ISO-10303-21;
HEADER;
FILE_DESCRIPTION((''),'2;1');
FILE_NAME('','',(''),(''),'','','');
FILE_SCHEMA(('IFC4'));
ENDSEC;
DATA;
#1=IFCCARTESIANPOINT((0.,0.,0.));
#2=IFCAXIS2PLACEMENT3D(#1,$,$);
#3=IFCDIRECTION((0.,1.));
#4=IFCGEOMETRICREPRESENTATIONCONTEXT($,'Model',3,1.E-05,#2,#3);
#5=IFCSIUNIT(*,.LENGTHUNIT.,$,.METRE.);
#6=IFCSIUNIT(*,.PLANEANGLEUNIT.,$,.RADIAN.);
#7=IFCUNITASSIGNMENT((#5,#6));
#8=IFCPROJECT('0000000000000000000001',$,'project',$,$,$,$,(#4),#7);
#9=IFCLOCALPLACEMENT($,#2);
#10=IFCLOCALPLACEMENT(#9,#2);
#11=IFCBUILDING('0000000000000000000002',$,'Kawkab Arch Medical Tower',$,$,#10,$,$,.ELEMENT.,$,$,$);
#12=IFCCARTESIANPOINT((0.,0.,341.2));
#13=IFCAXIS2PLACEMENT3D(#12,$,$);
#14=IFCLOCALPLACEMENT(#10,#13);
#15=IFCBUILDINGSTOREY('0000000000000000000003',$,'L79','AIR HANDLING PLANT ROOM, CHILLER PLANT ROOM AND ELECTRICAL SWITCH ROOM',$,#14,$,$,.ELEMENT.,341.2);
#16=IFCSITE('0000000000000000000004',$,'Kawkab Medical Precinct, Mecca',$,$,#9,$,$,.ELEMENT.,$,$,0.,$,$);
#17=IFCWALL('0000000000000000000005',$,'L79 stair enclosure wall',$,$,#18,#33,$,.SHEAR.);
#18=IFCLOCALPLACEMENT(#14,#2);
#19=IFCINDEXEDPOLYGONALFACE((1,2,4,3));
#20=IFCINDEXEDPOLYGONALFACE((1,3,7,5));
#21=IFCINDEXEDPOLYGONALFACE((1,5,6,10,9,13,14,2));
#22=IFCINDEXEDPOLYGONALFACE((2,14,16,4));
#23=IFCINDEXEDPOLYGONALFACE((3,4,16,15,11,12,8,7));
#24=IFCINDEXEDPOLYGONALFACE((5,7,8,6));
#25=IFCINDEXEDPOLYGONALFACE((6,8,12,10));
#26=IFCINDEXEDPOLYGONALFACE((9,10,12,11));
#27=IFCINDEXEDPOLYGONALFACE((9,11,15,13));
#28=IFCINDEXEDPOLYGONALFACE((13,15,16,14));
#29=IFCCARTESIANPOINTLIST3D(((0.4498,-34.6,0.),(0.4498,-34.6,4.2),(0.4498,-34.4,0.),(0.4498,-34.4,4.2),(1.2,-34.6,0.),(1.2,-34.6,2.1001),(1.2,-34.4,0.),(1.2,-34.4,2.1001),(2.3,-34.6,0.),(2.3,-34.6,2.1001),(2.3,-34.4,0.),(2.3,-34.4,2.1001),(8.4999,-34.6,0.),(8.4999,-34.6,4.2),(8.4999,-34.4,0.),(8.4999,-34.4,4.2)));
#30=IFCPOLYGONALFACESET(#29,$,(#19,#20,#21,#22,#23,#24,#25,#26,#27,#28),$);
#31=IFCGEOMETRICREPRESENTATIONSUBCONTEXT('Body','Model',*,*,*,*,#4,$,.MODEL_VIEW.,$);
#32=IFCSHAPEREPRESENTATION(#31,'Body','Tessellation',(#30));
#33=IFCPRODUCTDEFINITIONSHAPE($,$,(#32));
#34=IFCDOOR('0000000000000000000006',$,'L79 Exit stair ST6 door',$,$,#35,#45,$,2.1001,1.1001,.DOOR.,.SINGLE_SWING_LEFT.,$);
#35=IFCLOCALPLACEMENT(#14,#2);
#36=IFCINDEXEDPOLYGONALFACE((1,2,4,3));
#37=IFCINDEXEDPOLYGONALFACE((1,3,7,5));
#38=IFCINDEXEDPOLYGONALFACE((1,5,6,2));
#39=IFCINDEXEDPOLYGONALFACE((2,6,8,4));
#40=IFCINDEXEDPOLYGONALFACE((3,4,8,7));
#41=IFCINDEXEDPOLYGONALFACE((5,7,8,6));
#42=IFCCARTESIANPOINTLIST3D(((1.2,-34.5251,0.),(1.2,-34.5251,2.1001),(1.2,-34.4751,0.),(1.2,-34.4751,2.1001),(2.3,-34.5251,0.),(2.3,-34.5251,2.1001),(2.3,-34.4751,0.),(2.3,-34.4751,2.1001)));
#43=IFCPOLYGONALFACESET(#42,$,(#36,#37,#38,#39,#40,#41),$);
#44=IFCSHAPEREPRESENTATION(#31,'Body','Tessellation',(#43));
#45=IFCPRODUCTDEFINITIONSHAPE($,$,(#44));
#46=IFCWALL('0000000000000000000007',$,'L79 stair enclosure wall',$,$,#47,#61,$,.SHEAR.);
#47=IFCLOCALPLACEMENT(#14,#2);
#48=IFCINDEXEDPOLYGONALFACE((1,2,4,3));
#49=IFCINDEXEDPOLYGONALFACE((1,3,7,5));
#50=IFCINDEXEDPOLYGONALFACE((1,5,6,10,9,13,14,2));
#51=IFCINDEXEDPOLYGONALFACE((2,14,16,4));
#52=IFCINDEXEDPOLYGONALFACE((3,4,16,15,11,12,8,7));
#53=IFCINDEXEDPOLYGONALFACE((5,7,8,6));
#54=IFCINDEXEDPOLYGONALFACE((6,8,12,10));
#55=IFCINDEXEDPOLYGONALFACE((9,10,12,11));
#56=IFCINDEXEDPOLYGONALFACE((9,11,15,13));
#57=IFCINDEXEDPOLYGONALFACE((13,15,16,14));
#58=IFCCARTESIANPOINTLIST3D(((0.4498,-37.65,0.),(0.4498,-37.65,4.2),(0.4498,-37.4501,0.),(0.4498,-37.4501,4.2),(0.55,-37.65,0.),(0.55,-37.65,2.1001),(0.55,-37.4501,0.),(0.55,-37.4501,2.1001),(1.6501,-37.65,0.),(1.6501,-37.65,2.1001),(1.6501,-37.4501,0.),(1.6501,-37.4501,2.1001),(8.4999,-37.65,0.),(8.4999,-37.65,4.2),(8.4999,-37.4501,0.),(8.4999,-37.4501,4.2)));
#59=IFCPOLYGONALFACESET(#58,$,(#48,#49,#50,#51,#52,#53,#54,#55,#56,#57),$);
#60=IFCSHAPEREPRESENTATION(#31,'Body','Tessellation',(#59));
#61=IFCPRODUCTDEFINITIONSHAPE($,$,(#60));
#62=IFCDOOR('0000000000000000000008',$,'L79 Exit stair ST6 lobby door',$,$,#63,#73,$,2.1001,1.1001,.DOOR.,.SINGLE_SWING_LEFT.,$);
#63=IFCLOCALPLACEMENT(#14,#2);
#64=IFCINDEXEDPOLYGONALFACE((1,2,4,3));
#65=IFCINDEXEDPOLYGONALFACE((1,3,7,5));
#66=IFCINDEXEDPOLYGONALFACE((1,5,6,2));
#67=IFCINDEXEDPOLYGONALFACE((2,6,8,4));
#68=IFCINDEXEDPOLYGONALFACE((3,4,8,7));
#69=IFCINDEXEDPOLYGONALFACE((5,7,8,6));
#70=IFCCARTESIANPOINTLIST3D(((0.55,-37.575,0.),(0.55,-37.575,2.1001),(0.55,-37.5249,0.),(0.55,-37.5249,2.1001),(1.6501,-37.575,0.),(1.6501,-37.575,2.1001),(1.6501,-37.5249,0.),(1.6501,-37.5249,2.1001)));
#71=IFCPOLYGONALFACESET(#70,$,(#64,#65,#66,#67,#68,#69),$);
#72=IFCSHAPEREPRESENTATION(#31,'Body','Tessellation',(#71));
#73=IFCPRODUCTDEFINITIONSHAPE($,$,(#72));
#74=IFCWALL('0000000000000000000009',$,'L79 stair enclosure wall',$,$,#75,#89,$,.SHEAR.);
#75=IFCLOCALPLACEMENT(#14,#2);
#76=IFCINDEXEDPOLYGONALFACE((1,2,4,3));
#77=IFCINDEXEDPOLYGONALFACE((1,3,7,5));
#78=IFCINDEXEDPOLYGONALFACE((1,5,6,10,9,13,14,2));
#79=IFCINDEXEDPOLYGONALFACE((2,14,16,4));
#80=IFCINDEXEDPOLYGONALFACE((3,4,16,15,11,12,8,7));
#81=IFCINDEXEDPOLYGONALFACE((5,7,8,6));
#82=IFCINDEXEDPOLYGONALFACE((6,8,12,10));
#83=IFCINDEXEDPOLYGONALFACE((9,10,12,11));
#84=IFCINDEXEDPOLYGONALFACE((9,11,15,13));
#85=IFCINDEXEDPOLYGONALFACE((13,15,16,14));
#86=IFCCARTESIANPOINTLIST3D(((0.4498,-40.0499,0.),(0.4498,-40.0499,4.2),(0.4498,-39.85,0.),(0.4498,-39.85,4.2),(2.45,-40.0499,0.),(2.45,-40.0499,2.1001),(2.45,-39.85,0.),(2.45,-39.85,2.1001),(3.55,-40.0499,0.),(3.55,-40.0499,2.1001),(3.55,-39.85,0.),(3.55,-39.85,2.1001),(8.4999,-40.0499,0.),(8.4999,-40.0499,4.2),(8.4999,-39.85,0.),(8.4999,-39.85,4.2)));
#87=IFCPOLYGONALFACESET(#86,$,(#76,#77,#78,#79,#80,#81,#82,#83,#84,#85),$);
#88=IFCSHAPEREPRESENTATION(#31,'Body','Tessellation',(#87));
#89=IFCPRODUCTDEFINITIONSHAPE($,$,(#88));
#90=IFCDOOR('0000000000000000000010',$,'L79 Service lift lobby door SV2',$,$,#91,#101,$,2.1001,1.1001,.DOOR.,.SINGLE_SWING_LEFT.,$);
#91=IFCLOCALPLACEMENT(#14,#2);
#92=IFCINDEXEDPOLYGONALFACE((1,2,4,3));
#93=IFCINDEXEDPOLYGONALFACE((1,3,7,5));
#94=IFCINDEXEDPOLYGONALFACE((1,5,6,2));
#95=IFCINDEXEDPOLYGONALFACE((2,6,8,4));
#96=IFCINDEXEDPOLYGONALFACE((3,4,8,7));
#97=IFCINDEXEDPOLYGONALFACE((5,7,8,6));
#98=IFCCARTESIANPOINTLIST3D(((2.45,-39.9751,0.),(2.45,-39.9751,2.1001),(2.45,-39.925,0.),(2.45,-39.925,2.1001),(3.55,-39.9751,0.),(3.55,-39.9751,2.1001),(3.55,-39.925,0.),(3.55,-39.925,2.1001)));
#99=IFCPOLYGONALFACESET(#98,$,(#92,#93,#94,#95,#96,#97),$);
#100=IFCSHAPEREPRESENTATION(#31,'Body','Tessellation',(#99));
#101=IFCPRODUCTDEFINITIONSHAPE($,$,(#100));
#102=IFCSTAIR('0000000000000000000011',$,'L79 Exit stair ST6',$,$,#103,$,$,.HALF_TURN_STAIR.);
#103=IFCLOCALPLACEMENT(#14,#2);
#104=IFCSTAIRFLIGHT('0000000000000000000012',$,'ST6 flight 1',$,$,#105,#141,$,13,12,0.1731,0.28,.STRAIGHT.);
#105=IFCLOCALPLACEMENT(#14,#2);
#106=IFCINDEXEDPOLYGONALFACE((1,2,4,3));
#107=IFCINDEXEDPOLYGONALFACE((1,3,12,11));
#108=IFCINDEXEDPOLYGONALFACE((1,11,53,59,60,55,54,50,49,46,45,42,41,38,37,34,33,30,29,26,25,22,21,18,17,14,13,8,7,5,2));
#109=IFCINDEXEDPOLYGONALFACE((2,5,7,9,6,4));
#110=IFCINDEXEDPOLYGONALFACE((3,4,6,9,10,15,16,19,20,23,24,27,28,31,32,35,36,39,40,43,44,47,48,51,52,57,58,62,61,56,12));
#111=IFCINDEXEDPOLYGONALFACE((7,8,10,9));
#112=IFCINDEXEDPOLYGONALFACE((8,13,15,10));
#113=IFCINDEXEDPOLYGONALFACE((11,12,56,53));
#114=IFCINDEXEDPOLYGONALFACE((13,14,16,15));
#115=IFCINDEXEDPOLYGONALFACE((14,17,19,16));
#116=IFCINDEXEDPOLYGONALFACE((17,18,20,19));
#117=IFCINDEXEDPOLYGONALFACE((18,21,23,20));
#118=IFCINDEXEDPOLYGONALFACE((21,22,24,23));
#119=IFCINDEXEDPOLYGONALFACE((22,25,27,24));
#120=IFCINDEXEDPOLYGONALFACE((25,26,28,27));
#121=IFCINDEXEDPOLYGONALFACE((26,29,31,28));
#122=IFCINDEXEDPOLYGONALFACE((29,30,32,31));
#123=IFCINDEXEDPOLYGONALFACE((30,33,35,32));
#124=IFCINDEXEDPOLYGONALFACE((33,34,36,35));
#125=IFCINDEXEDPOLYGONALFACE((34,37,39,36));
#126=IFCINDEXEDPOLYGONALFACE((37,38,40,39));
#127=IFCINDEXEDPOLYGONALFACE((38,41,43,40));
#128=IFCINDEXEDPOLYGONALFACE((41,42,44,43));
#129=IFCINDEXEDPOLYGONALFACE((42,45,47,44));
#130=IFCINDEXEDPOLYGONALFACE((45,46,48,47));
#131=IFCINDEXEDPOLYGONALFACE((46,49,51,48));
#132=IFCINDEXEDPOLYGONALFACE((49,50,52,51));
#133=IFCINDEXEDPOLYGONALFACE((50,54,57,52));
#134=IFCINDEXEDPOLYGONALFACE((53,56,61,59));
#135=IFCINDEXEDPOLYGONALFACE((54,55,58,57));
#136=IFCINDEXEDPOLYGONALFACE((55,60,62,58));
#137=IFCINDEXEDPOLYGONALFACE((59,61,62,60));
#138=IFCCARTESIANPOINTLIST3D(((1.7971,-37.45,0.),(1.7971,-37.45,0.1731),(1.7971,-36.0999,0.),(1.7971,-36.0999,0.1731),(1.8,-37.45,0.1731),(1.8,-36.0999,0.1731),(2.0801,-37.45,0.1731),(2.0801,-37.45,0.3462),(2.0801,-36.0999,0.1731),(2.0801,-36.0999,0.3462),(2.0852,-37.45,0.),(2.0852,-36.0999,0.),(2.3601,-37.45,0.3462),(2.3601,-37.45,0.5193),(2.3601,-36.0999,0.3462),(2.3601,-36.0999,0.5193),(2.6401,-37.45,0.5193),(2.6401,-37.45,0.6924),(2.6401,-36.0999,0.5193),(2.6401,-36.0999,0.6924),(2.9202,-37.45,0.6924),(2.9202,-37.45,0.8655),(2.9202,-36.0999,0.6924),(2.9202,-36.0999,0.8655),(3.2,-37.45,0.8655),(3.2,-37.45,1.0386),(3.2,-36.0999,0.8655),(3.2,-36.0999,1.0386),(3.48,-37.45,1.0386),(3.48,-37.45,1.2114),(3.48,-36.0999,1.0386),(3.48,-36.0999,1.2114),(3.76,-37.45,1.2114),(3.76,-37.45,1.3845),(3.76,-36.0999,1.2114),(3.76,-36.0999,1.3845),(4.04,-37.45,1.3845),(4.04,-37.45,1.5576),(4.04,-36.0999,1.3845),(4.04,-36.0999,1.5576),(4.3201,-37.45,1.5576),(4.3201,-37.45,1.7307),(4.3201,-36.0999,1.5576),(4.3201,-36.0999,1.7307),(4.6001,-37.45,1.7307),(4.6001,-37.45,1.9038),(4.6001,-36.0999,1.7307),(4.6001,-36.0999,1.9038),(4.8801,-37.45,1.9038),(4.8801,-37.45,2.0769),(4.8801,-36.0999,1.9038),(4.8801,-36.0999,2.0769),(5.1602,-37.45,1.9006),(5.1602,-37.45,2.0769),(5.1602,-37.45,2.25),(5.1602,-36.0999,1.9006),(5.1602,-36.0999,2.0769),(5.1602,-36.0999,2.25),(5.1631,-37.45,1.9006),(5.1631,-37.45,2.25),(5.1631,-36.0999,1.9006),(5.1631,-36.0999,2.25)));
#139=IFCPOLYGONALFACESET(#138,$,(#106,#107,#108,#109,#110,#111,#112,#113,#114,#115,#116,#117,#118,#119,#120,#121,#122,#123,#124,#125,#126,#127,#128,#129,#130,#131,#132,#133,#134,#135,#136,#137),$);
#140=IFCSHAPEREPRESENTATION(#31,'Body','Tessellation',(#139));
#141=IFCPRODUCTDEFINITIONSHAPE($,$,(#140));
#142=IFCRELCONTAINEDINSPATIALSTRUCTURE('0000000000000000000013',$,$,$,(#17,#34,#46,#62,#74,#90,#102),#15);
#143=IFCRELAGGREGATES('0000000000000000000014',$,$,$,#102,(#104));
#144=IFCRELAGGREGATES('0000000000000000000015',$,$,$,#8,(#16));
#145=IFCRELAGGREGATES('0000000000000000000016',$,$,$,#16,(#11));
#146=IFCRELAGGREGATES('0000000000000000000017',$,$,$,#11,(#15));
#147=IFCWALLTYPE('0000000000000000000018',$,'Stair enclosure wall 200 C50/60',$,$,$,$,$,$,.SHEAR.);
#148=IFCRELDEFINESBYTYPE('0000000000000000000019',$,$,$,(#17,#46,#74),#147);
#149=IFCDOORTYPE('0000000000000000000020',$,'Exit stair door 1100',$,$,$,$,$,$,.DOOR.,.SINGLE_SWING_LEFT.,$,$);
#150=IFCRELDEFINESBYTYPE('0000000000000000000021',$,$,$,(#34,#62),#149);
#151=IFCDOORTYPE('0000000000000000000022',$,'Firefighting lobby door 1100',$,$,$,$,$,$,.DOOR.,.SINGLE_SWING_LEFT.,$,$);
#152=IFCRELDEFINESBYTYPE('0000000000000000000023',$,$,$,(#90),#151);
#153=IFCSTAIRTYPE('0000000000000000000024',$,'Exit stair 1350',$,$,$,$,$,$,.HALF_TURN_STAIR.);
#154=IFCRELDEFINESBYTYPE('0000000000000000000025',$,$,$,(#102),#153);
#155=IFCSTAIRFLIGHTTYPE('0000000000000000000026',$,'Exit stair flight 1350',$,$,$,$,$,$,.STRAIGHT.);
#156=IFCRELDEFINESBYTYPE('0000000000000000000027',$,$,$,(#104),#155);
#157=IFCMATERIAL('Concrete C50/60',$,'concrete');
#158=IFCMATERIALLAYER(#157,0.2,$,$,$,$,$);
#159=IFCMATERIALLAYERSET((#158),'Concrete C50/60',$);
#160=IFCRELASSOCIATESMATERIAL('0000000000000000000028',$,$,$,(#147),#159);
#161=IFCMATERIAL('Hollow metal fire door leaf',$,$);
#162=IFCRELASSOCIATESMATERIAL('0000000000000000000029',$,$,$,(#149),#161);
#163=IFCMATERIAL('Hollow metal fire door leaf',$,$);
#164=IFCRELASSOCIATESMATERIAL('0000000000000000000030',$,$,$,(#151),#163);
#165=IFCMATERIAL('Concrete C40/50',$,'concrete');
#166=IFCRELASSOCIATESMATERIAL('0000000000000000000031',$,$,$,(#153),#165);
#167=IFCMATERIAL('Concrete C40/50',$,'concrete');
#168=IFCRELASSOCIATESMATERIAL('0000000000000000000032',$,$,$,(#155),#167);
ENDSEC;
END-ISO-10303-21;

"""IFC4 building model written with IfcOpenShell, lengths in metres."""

from ifc_helpers import new_model, si_unit, direction, frame, frame_2d, origin, place, context, subcontext, project, spatial, polyline, rectangle, outline, extrude, material, layer, layer_set, type_object, element, fill, aggregate, save


model = new_model("IFC4")

# Units and contexts
model_context = context("Model", 3, precision=1e-05, world=origin(), true_north=direction((0.0, 1.0)))
body_context = subcontext(model_context, "Body", "Model", "MODEL_VIEW")
ifc_project = project(units=[si_unit("LENGTHUNIT", "METRE"), si_unit("PLANEANGLEUNIT", "RADIAN")], contexts=[model_context])

# Site, building, storey
site_placement = place(None, origin())
site = spatial("IfcSite", under=ifc_project, at=site_placement, Name="Kawkab Medical Precinct, Mecca", CompositionType="ELEMENT", RefElevation=0.0)
building_placement = place(site_placement, origin())
building = spatial("IfcBuilding", under=site, at=building_placement, Name="Kawkab Arch Medical Tower", CompositionType="ELEMENT")
storey_placement = place(building_placement, frame((0.0, 0.0, 341.2)))
storey = spatial("IfcBuildingStorey", under=building, at=storey_placement, Name="L79", Description="AIR HANDLING PLANT ROOM, CHILLER PLANT ROOM AND ELECTRICAL SWITCH ROOM", CompositionType="ELEMENT", Elevation=341.2)

# Shared definitions
placement = place(storey_placement, origin())

# Walls, openings, doors
ifc_material_1 = material(Name="Concrete C50/60", Category="concrete")
ifc_layer_1 = layer(ifc_material_1, 0.2)
ifc_layer_set_1 = layer_set([ifc_layer_1], Name="Concrete C50/60")
wall_type_1 = type_object("IfcWallType", Name="Stair enclosure wall 200 C50/60", PredefinedType="SHEAR", material=ifc_layer_set_1)
wall_1_placement = place(storey_placement, frame((0.45, -34.5, 0.0), z_axis=(0.0, 0.0, 1.0), x_axis=(1.0, 0.0, 0.0)))
wall_1 = element("IfcWall", 1, at=wall_1_placement, inside=storey, type_object=wall_type_1, Name="L79 stair enclosure wall", PredefinedType="SHEAR", context=body_context, shape_type="SweptSolid", body=[
    extrude(rectangle(XDim=8.05, YDim=0.2, at=frame_2d((4.0249, 0.0))), origin(), (0.0, 0.0, 1.0), 4.2),
])
opening_1_placement = place(wall_1_placement, frame((0.75, 0.0, 0.0)))
opening_1 = element("IfcOpeningElement", 2, at=opening_1_placement, cuts=wall_1, PredefinedType="OPENING", context=body_context, shape_type="SweptSolid", body=[
    extrude(rectangle(XDim=1.1001, YDim=2.1001, at=frame_2d((0.55, 1.05))), frame((0.0, 0.1099, 0.0), z_axis=(0.0, -1.0, 0.0), x_axis=(1.0, 0.0, 0.0)), (0.0, 0.0, 1.0), 0.22),
])
ifc_material_2 = material(Name="Hollow metal fire door leaf")
door_type_1 = type_object("IfcDoorType", Name="Exit stair door 1100", OperationType="SINGLE_SWING_LEFT", PredefinedType="DOOR", material=ifc_material_2)
door_1_placement = place(opening_1_placement, origin())
door_1 = element("IfcDoor", 3, at=door_1_placement, inside=storey, type_object=door_type_1, Name="L79 Exit stair ST6 door", OperationType="SINGLE_SWING_LEFT", OverallHeight=2.1001, OverallWidth=1.1001, PredefinedType="DOOR", context=body_context, shape_type="SweptSolid", body=[
    extrude(rectangle(XDim=1.1001, YDim=2.1001, at=frame_2d((0.55, 1.05))), frame((0.0, 0.0249, 0.0), z_axis=(0.0, -1.0, 0.0), x_axis=(1.0, 0.0, 0.0)), (0.0, 0.0, 1.0), 0.05),
])
fill(opening_1, door_1)
wall_2_placement = place(storey_placement, frame((0.45, -37.55, 0.0), z_axis=(0.0, 0.0, 1.0), x_axis=(1.0, 0.0, 0.0)))
wall_2 = element("IfcWall", 4, at=wall_2_placement, inside=storey, type_object=wall_type_1, Name="L79 stair enclosure wall", PredefinedType="SHEAR", context=body_context, shape_type="SweptSolid", body=[
    extrude(rectangle(XDim=8.05, YDim=0.2, at=frame_2d((4.0249, 0.0))), origin(), (0.0, 0.0, 1.0), 4.2),
])
opening_2_placement = place(wall_2_placement, frame((0.1001, 0.0, 0.0)))
opening_2 = element("IfcOpeningElement", 5, at=opening_2_placement, cuts=wall_2, PredefinedType="OPENING", context=body_context, shape_type="SweptSolid", body=[
    extrude(rectangle(XDim=1.1001, YDim=2.1001, at=frame_2d((0.55, 1.05))), frame((0.0, 0.1099, 0.0), z_axis=(0.0, -1.0, 0.0), x_axis=(1.0, 0.0, 0.0)), (0.0, 0.0, 1.0), 0.22),
])
door_2_placement = place(opening_2_placement, frame((1.1001, 0.0, 0.0), z_axis=(0.0, 0.0, 1.0), x_axis=(-1.0, 0.0, 0.0)))
door_2 = element("IfcDoor", 6, at=door_2_placement, inside=storey, type_object=door_type_1, Name="L79 Exit stair ST6 lobby door", OperationType="SINGLE_SWING_LEFT", OverallHeight=2.1001, OverallWidth=1.1001, PredefinedType="DOOR", context=body_context, shape_type="SweptSolid", body=[
    extrude(rectangle(XDim=1.1001, YDim=2.1001, at=frame_2d((0.55, 1.05))), frame((0.0, 0.0249, 0.0), z_axis=(0.0, -1.0, 0.0), x_axis=(1.0, 0.0, 0.0)), (0.0, 0.0, 1.0), 0.05),
])
fill(opening_2, door_2)
wall_3_placement = place(storey_placement, frame((0.45, -39.95, 0.0), z_axis=(0.0, 0.0, 1.0), x_axis=(1.0, 0.0, 0.0)))
wall_3 = element("IfcWall", 7, at=wall_3_placement, inside=storey, type_object=wall_type_1, Name="L79 stair enclosure wall", PredefinedType="SHEAR", context=body_context, shape_type="SweptSolid", body=[
    extrude(rectangle(XDim=8.05, YDim=0.2, at=frame_2d((4.0249, 0.0))), origin(), (0.0, 0.0, 1.0), 4.2),
])
opening_3_placement = place(wall_3_placement, frame((2.0, 0.0, 0.0)))
opening_3 = element("IfcOpeningElement", 8, at=opening_3_placement, cuts=wall_3, PredefinedType="OPENING", context=body_context, shape_type="SweptSolid", body=[
    extrude(rectangle(XDim=1.1001, YDim=2.1001, at=frame_2d((0.55, 1.05))), frame((0.0, 0.1099, 0.0), z_axis=(0.0, -1.0, 0.0), x_axis=(1.0, 0.0, 0.0)), (0.0, 0.0, 1.0), 0.22),
])
ifc_material_3 = material(Name="Hollow metal fire door leaf")
door_type_2 = type_object("IfcDoorType", Name="Firefighting lobby door 1100", OperationType="SINGLE_SWING_LEFT", PredefinedType="DOOR", material=ifc_material_3)
door_3_placement = place(opening_3_placement, origin())
door_3 = element("IfcDoor", 9, at=door_3_placement, inside=storey, type_object=door_type_2, Name="L79 Service lift lobby door SV2", OperationType="SINGLE_SWING_LEFT", OverallHeight=2.1001, OverallWidth=1.1001, PredefinedType="DOOR", context=body_context, shape_type="SweptSolid", body=[
    extrude(rectangle(XDim=1.1001, YDim=2.1001, at=frame_2d((0.55, 1.05))), frame((0.0, 0.0249, 0.0), z_axis=(0.0, -1.0, 0.0), x_axis=(1.0, 0.0, 0.0)), (0.0, 0.0, 1.0), 0.05),
])
fill(opening_3, door_3)

# Stair, stair flight
ifc_material_4 = material(Name="Concrete C40/50", Category="concrete")
stair_type = type_object("IfcStairType", Name="Exit stair 1350", PredefinedType="HALF_TURN_STAIR", material=ifc_material_4)
stair = element("IfcStair", 10, at=placement, inside=storey, type_object=stair_type, Name="L79 Exit stair ST6", PredefinedType="HALF_TURN_STAIR")
ifc_material_5 = material(Name="Concrete C40/50", Category="concrete")
stair_flight_type = type_object("IfcStairFlightType", Name="Exit stair flight 1350", PredefinedType="STRAIGHT", material=ifc_material_5)
stair_flight_placement = place(storey_placement, frame((1.8, -36.7749, 0.0), z_axis=(0.0, 0.0, 1.0), x_axis=(1.0, 0.0, 0.0)))
stair_flight = element("IfcStairFlight", 11, at=stair_flight_placement, type_object=stair_flight_type, Name="ST6 flight 1", NumberOfRisers=13, NumberOfTreads=12, PredefinedType="STRAIGHT", RiserHeight=0.1731, TreadLength=0.28, context=body_context, shape_type="SweptSolid", body=[
    extrude(outline(polyline([(-0.0029, 0.0), (-0.0029, 0.1731), (0.0, 0.1731), (0.28, 0.1731), (0.28, 0.3462), (0.5601, 0.3462), (0.5601, 0.5193), (0.8401, 0.5193), (0.8401, 0.6924), (1.1201, 0.6924), (1.1201, 0.8655), (1.3999, 0.8655), (1.3999, 1.0386), (1.6799, 1.0386), (1.6799, 1.2114), (1.96, 1.2114), (1.96, 1.3845), (2.24, 1.3845), (2.24, 1.5576), (2.52, 1.5576), (2.52, 1.7307), (2.8, 1.7307), (2.8, 1.9038), (3.0801, 1.9038), (3.0801, 2.0769), (3.3601, 2.0769), (3.3601, 2.25), (3.363, 2.25), (3.363, 1.9006), (3.3601, 1.9006), (0.2852, 0.0), (-0.0029, 0.0)])), frame((0.0, 0.675, 0.0), z_axis=(0.0, -1.0, 0.0), x_axis=(1.0, 0.0, 0.0)), (0.0, 0.0, 1.0), 1.3501),
])
aggregate(stair, [stair_flight])

save(model, "model.ifc")
